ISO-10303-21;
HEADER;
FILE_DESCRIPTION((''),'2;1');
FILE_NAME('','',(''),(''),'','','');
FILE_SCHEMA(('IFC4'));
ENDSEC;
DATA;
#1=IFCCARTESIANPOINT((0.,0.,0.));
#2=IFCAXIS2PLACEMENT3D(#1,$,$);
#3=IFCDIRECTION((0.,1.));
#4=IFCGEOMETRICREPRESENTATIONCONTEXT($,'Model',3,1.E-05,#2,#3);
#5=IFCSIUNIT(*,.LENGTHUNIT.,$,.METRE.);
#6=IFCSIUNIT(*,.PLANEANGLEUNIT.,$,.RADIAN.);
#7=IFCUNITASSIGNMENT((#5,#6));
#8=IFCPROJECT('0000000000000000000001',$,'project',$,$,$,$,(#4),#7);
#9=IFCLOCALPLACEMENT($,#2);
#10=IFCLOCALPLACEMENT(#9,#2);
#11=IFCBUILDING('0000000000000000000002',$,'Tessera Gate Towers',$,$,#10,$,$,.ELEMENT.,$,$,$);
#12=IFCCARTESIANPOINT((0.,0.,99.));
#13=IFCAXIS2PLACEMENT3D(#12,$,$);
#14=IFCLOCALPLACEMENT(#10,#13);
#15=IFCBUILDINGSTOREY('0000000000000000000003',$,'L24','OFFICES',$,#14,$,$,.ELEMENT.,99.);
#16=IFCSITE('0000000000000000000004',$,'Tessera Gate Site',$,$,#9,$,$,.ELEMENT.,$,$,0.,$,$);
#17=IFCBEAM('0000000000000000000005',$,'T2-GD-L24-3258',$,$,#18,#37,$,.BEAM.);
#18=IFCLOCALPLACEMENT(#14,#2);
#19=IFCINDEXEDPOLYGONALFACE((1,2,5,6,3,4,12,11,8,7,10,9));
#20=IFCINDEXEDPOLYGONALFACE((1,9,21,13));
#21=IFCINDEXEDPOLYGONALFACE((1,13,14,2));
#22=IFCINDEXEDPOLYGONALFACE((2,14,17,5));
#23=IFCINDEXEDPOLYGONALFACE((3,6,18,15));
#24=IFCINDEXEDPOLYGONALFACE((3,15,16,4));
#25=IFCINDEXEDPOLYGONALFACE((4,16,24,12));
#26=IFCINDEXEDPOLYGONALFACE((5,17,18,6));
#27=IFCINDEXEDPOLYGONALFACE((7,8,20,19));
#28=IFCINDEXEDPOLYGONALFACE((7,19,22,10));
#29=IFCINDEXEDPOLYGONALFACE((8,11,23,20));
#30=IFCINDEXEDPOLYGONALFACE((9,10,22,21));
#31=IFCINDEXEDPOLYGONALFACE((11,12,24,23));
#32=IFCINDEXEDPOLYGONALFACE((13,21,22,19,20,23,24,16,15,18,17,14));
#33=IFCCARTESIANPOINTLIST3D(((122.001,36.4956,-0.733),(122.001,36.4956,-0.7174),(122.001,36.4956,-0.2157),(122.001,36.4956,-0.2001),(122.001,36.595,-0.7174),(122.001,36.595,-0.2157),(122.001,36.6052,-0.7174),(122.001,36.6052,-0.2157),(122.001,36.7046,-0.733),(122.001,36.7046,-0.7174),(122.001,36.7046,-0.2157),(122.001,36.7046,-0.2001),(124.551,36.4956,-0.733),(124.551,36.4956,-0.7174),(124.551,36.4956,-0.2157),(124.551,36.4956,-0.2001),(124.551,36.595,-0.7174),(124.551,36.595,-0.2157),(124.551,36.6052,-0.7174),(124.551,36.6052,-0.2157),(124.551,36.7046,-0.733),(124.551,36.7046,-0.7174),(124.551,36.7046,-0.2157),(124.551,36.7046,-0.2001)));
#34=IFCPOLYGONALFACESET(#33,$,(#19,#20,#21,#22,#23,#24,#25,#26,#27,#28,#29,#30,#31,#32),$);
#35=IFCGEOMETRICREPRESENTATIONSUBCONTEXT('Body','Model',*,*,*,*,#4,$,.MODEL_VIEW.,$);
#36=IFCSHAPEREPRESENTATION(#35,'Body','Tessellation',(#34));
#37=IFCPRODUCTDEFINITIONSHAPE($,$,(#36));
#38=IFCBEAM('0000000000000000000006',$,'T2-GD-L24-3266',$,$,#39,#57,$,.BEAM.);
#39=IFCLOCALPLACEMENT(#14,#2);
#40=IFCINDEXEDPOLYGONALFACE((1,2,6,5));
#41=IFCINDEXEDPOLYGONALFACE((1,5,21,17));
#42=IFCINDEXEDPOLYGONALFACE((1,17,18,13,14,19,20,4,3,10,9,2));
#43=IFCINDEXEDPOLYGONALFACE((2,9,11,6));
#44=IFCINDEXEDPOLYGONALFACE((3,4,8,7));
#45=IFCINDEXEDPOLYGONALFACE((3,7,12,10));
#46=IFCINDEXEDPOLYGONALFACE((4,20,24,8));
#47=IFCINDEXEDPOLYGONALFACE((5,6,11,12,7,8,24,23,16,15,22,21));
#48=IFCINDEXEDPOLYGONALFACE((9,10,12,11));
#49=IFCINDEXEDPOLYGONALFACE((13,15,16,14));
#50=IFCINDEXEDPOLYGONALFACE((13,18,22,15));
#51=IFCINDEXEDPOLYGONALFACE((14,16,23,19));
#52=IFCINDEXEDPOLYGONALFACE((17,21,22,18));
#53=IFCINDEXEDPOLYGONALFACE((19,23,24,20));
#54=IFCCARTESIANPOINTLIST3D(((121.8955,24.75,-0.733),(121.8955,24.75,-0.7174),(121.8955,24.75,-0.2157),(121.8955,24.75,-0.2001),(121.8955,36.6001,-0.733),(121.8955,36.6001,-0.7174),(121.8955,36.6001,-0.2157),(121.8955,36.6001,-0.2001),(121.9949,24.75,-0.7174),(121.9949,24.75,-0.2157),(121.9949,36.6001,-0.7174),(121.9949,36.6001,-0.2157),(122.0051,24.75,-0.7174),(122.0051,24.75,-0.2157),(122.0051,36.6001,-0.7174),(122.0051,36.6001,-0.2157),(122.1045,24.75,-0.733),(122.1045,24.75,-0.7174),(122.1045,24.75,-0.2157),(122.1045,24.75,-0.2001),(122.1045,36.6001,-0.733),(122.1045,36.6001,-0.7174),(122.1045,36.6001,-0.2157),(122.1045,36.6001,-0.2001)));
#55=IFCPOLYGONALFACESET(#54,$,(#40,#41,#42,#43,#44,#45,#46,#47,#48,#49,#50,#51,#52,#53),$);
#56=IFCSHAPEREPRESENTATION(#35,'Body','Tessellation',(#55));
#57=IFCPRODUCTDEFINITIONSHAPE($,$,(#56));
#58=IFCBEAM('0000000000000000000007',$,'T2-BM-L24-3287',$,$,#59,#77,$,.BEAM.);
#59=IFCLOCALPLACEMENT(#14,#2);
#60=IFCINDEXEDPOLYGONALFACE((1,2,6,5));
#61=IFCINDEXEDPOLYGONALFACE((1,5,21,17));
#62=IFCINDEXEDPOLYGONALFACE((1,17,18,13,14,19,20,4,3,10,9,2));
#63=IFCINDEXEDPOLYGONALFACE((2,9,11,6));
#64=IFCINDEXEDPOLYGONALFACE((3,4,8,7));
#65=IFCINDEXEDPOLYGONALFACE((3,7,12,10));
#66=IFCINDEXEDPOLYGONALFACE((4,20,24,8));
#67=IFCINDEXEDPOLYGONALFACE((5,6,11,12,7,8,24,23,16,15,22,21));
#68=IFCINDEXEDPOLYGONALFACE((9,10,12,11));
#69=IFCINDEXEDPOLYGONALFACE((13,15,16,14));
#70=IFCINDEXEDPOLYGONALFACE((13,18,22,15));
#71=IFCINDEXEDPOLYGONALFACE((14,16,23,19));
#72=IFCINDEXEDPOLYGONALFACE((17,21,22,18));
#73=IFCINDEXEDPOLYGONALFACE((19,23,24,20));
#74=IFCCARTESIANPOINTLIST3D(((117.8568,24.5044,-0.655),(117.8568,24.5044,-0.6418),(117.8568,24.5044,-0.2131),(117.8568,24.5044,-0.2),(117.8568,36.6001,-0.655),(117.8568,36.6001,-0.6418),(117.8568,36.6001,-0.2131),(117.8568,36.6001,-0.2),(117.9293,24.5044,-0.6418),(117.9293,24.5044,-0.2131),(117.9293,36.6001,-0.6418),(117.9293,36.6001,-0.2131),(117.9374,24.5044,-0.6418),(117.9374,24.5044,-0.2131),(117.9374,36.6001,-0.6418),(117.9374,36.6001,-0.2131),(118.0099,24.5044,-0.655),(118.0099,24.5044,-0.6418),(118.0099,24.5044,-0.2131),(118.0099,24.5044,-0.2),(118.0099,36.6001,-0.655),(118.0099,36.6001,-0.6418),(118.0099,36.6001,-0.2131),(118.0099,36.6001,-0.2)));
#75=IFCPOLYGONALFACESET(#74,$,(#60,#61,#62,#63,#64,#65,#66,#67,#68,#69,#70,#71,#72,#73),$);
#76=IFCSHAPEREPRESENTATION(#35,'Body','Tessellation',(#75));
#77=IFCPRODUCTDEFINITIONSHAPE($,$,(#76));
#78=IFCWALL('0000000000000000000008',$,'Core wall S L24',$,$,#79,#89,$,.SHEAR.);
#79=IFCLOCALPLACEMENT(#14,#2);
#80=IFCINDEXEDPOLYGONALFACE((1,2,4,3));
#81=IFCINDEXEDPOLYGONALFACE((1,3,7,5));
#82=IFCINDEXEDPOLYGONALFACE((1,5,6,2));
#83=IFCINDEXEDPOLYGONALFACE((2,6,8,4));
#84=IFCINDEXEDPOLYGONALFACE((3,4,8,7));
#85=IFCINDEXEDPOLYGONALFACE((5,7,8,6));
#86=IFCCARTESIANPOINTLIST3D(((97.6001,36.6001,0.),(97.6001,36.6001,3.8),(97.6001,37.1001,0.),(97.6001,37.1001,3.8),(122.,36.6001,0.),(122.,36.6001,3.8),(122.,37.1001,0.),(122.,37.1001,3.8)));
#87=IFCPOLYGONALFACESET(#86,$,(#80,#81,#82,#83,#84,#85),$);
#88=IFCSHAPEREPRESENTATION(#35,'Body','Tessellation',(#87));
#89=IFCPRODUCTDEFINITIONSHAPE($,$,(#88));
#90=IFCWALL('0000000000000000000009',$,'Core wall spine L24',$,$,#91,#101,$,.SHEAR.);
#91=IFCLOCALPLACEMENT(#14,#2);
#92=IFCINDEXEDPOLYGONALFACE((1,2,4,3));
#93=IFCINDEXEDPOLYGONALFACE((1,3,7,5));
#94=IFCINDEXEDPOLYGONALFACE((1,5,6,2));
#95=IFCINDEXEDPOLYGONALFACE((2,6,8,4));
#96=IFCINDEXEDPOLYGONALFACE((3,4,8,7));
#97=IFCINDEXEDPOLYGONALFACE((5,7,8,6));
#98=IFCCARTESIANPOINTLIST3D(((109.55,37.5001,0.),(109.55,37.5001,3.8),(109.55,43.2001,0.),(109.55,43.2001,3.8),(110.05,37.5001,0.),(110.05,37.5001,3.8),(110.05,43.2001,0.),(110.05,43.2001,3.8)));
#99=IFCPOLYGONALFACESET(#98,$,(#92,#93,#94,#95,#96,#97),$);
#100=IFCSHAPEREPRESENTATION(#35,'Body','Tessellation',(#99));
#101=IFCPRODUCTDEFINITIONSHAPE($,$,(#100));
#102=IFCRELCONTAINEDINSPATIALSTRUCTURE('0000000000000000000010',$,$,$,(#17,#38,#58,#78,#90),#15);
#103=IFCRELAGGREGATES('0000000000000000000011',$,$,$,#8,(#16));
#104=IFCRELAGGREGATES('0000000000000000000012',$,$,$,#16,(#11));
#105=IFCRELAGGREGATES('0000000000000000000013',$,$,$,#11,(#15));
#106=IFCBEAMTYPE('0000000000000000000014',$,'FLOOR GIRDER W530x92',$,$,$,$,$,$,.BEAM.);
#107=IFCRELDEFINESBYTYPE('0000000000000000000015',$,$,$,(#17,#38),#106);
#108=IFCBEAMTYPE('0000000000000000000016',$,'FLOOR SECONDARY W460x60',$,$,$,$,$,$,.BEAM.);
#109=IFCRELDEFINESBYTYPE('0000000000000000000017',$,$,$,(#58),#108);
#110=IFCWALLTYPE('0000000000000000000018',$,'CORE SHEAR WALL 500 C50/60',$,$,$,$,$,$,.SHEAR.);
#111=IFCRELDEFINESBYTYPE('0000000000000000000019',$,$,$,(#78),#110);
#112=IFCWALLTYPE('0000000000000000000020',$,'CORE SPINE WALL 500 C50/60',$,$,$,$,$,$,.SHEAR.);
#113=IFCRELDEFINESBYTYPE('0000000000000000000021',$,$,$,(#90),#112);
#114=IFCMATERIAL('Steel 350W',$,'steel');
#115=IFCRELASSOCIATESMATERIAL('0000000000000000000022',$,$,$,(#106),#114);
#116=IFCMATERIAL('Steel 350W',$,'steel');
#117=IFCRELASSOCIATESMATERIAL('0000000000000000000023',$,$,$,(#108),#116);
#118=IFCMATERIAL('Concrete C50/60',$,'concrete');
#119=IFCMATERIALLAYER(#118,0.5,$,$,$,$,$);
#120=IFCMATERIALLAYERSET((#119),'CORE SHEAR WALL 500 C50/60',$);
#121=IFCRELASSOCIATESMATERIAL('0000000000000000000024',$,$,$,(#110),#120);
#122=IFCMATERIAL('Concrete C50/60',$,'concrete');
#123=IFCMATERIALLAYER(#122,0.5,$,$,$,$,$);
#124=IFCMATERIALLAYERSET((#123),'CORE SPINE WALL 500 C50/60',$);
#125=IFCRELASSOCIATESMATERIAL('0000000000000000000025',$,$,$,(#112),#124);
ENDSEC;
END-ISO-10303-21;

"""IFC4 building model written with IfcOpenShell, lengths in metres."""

from ifc_helpers import new_model, si_unit, direction, frame, frame_2d, origin, origin_2d, place, context, subcontext, project, spatial, rectangle, i_section, extrude, material, layer, layer_set, material_profile, profile_set, type_object, element, save


model = new_model("IFC4")

# Units and contexts
model_context = context("Model", 3, precision=1e-05, world=origin(), true_north=direction((0.0, 1.0)))
body_context = subcontext(model_context, "Body", "Model", "MODEL_VIEW")
ifc_project = project(units=[si_unit("LENGTHUNIT", "METRE"), si_unit("PLANEANGLEUNIT", "RADIAN")], contexts=[model_context])

# Site, building, storey
site_placement = place(None, origin())
site = spatial("IfcSite", under=ifc_project, at=site_placement, Name="Tessera Gate Site", CompositionType="ELEMENT", RefElevation=0.0)
building_placement = place(site_placement, origin())
building = spatial("IfcBuilding", under=site, at=building_placement, Name="Tessera Gate Towers", CompositionType="ELEMENT")
storey_placement = place(building_placement, frame((0.0, 0.0, 99.0)))
storey = spatial("IfcBuildingStorey", under=building, at=storey_placement, Name="L24", Description="OFFICES", CompositionType="ELEMENT", Elevation=99.0)

# Beams
ifc_material_1 = material(Name="Steel 350W", Category="steel")
ifc_material_profile_1 = material_profile(ifc_material_1, i_section(OverallWidth=0.209, OverallDepth=0.533, WebThickness=0.0103, FlangeThickness=0.0156, at=origin_2d()), Name="W530x92")
ifc_profile_set_1 = profile_set([ifc_material_profile_1], Name="Steel 350W")
beam_type_1 = type_object("IfcBeamType", Name="FLOOR GIRDER W530x92", PredefinedType="BEAM", material=ifc_profile_set_1)
beam_1_placement = place(storey_placement, frame((122.001, 36.6001, -0.4666), z_axis=(1.0, 0.0, 0.0), x_axis=(0.0, 1.0, 0.0)))
element("IfcBeam", 1, at=beam_1_placement, inside=storey, type_object=beam_type_1, Name="T2-GD-L24-3258", PredefinedType="BEAM", context=body_context, shape_type="SweptSolid", body=[
    extrude(i_section(OverallWidth=0.209, OverallDepth=0.533, WebThickness=0.0103, FlangeThickness=0.0156, at=origin_2d()), origin(), (0.0, 0.0, 1.0), 2.55),
])
beam_2_placement = place(storey_placement, frame((122.0, 24.75, -0.4666), z_axis=(0.0, 1.0, 0.0), x_axis=(-1.0, 0.0, 0.0)))
element("IfcBeam", 2, at=beam_2_placement, inside=storey, type_object=beam_type_1, Name="T2-GD-L24-3266", PredefinedType="BEAM", context=body_context, shape_type="SweptSolid", body=[
    extrude(i_section(OverallWidth=0.209, OverallDepth=0.533, WebThickness=0.0103, FlangeThickness=0.0156, at=origin_2d()), origin(), (0.0, 0.0, 1.0), 11.8501),
])
ifc_material_2 = material(Name="Steel 350W", Category="steel")
ifc_material_profile_2 = material_profile(ifc_material_2, i_section(OverallWidth=0.1531, OverallDepth=0.4551, WebThickness=0.0081, FlangeThickness=0.0132, at=origin_2d()), Name="W460x60")
ifc_profile_set_2 = profile_set([ifc_material_profile_2], Name="Steel 350W")
beam_type_2 = type_object("IfcBeamType", Name="FLOOR SECONDARY W460x60", PredefinedType="BEAM", material=ifc_profile_set_2)
beam_3_placement = place(storey_placement, frame((117.9333, 24.5044, -0.4275), z_axis=(0.0, 1.0, 0.0), x_axis=(-1.0, 0.0, 0.0)))
element("IfcBeam", 3, at=beam_3_placement, inside=storey, type_object=beam_type_2, Name="T2-BM-L24-3287", PredefinedType="BEAM", context=body_context, shape_type="SweptSolid", body=[
    extrude(i_section(OverallWidth=0.1531, OverallDepth=0.4551, WebThickness=0.0081, FlangeThickness=0.0132, at=origin_2d()), origin(), (0.0, 0.0, 1.0), 12.0957),
])

# Walls
ifc_material_3 = material(Name="Concrete C50/60", Category="concrete")
ifc_layer_1 = layer(ifc_material_3, 0.5)
ifc_layer_set_1 = layer_set([ifc_layer_1], Name="CORE SHEAR WALL 500 C50/60")
wall_type_1 = type_object("IfcWallType", Name="CORE SHEAR WALL 500 C50/60", PredefinedType="SHEAR", material=ifc_layer_set_1)
wall_1_placement = place(storey_placement, frame((122.0, 36.8501, 0.0), z_axis=(0.0, 0.0, 1.0), x_axis=(-1.0, 0.0, 0.0)))
element("IfcWall", 4, at=wall_1_placement, inside=storey, type_object=wall_type_1, Name="Core wall S L24", PredefinedType="SHEAR", context=body_context, shape_type="SweptSolid", body=[
    extrude(rectangle(XDim=24.3999, YDim=0.5, at=frame_2d((12.2, 0.0))), origin(), (0.0, 0.0, 1.0), 3.8),
])
ifc_material_4 = material(Name="Concrete C50/60", Category="concrete")
ifc_layer_2 = layer(ifc_material_4, 0.5)
ifc_layer_set_2 = layer_set([ifc_layer_2], Name="CORE SPINE WALL 500 C50/60")
wall_type_2 = type_object("IfcWallType", Name="CORE SPINE WALL 500 C50/60", PredefinedType="SHEAR", material=ifc_layer_set_2)
wall_2_placement = place(storey_placement, frame((109.8, 37.5, 0.0), z_axis=(0.0, 0.0, 1.0), x_axis=(0.0, 1.0, 0.0)))
element("IfcWall", 5, at=wall_2_placement, inside=storey, type_object=wall_type_2, Name="Core wall spine L24", PredefinedType="SHEAR", context=body_context, shape_type="SweptSolid", body=[
    extrude(rectangle(XDim=5.7, YDim=0.5, at=frame_2d((2.8501, 0.0))), origin(), (0.0, 0.0, 1.0), 3.8),
])

save(model, "model.ifc")
